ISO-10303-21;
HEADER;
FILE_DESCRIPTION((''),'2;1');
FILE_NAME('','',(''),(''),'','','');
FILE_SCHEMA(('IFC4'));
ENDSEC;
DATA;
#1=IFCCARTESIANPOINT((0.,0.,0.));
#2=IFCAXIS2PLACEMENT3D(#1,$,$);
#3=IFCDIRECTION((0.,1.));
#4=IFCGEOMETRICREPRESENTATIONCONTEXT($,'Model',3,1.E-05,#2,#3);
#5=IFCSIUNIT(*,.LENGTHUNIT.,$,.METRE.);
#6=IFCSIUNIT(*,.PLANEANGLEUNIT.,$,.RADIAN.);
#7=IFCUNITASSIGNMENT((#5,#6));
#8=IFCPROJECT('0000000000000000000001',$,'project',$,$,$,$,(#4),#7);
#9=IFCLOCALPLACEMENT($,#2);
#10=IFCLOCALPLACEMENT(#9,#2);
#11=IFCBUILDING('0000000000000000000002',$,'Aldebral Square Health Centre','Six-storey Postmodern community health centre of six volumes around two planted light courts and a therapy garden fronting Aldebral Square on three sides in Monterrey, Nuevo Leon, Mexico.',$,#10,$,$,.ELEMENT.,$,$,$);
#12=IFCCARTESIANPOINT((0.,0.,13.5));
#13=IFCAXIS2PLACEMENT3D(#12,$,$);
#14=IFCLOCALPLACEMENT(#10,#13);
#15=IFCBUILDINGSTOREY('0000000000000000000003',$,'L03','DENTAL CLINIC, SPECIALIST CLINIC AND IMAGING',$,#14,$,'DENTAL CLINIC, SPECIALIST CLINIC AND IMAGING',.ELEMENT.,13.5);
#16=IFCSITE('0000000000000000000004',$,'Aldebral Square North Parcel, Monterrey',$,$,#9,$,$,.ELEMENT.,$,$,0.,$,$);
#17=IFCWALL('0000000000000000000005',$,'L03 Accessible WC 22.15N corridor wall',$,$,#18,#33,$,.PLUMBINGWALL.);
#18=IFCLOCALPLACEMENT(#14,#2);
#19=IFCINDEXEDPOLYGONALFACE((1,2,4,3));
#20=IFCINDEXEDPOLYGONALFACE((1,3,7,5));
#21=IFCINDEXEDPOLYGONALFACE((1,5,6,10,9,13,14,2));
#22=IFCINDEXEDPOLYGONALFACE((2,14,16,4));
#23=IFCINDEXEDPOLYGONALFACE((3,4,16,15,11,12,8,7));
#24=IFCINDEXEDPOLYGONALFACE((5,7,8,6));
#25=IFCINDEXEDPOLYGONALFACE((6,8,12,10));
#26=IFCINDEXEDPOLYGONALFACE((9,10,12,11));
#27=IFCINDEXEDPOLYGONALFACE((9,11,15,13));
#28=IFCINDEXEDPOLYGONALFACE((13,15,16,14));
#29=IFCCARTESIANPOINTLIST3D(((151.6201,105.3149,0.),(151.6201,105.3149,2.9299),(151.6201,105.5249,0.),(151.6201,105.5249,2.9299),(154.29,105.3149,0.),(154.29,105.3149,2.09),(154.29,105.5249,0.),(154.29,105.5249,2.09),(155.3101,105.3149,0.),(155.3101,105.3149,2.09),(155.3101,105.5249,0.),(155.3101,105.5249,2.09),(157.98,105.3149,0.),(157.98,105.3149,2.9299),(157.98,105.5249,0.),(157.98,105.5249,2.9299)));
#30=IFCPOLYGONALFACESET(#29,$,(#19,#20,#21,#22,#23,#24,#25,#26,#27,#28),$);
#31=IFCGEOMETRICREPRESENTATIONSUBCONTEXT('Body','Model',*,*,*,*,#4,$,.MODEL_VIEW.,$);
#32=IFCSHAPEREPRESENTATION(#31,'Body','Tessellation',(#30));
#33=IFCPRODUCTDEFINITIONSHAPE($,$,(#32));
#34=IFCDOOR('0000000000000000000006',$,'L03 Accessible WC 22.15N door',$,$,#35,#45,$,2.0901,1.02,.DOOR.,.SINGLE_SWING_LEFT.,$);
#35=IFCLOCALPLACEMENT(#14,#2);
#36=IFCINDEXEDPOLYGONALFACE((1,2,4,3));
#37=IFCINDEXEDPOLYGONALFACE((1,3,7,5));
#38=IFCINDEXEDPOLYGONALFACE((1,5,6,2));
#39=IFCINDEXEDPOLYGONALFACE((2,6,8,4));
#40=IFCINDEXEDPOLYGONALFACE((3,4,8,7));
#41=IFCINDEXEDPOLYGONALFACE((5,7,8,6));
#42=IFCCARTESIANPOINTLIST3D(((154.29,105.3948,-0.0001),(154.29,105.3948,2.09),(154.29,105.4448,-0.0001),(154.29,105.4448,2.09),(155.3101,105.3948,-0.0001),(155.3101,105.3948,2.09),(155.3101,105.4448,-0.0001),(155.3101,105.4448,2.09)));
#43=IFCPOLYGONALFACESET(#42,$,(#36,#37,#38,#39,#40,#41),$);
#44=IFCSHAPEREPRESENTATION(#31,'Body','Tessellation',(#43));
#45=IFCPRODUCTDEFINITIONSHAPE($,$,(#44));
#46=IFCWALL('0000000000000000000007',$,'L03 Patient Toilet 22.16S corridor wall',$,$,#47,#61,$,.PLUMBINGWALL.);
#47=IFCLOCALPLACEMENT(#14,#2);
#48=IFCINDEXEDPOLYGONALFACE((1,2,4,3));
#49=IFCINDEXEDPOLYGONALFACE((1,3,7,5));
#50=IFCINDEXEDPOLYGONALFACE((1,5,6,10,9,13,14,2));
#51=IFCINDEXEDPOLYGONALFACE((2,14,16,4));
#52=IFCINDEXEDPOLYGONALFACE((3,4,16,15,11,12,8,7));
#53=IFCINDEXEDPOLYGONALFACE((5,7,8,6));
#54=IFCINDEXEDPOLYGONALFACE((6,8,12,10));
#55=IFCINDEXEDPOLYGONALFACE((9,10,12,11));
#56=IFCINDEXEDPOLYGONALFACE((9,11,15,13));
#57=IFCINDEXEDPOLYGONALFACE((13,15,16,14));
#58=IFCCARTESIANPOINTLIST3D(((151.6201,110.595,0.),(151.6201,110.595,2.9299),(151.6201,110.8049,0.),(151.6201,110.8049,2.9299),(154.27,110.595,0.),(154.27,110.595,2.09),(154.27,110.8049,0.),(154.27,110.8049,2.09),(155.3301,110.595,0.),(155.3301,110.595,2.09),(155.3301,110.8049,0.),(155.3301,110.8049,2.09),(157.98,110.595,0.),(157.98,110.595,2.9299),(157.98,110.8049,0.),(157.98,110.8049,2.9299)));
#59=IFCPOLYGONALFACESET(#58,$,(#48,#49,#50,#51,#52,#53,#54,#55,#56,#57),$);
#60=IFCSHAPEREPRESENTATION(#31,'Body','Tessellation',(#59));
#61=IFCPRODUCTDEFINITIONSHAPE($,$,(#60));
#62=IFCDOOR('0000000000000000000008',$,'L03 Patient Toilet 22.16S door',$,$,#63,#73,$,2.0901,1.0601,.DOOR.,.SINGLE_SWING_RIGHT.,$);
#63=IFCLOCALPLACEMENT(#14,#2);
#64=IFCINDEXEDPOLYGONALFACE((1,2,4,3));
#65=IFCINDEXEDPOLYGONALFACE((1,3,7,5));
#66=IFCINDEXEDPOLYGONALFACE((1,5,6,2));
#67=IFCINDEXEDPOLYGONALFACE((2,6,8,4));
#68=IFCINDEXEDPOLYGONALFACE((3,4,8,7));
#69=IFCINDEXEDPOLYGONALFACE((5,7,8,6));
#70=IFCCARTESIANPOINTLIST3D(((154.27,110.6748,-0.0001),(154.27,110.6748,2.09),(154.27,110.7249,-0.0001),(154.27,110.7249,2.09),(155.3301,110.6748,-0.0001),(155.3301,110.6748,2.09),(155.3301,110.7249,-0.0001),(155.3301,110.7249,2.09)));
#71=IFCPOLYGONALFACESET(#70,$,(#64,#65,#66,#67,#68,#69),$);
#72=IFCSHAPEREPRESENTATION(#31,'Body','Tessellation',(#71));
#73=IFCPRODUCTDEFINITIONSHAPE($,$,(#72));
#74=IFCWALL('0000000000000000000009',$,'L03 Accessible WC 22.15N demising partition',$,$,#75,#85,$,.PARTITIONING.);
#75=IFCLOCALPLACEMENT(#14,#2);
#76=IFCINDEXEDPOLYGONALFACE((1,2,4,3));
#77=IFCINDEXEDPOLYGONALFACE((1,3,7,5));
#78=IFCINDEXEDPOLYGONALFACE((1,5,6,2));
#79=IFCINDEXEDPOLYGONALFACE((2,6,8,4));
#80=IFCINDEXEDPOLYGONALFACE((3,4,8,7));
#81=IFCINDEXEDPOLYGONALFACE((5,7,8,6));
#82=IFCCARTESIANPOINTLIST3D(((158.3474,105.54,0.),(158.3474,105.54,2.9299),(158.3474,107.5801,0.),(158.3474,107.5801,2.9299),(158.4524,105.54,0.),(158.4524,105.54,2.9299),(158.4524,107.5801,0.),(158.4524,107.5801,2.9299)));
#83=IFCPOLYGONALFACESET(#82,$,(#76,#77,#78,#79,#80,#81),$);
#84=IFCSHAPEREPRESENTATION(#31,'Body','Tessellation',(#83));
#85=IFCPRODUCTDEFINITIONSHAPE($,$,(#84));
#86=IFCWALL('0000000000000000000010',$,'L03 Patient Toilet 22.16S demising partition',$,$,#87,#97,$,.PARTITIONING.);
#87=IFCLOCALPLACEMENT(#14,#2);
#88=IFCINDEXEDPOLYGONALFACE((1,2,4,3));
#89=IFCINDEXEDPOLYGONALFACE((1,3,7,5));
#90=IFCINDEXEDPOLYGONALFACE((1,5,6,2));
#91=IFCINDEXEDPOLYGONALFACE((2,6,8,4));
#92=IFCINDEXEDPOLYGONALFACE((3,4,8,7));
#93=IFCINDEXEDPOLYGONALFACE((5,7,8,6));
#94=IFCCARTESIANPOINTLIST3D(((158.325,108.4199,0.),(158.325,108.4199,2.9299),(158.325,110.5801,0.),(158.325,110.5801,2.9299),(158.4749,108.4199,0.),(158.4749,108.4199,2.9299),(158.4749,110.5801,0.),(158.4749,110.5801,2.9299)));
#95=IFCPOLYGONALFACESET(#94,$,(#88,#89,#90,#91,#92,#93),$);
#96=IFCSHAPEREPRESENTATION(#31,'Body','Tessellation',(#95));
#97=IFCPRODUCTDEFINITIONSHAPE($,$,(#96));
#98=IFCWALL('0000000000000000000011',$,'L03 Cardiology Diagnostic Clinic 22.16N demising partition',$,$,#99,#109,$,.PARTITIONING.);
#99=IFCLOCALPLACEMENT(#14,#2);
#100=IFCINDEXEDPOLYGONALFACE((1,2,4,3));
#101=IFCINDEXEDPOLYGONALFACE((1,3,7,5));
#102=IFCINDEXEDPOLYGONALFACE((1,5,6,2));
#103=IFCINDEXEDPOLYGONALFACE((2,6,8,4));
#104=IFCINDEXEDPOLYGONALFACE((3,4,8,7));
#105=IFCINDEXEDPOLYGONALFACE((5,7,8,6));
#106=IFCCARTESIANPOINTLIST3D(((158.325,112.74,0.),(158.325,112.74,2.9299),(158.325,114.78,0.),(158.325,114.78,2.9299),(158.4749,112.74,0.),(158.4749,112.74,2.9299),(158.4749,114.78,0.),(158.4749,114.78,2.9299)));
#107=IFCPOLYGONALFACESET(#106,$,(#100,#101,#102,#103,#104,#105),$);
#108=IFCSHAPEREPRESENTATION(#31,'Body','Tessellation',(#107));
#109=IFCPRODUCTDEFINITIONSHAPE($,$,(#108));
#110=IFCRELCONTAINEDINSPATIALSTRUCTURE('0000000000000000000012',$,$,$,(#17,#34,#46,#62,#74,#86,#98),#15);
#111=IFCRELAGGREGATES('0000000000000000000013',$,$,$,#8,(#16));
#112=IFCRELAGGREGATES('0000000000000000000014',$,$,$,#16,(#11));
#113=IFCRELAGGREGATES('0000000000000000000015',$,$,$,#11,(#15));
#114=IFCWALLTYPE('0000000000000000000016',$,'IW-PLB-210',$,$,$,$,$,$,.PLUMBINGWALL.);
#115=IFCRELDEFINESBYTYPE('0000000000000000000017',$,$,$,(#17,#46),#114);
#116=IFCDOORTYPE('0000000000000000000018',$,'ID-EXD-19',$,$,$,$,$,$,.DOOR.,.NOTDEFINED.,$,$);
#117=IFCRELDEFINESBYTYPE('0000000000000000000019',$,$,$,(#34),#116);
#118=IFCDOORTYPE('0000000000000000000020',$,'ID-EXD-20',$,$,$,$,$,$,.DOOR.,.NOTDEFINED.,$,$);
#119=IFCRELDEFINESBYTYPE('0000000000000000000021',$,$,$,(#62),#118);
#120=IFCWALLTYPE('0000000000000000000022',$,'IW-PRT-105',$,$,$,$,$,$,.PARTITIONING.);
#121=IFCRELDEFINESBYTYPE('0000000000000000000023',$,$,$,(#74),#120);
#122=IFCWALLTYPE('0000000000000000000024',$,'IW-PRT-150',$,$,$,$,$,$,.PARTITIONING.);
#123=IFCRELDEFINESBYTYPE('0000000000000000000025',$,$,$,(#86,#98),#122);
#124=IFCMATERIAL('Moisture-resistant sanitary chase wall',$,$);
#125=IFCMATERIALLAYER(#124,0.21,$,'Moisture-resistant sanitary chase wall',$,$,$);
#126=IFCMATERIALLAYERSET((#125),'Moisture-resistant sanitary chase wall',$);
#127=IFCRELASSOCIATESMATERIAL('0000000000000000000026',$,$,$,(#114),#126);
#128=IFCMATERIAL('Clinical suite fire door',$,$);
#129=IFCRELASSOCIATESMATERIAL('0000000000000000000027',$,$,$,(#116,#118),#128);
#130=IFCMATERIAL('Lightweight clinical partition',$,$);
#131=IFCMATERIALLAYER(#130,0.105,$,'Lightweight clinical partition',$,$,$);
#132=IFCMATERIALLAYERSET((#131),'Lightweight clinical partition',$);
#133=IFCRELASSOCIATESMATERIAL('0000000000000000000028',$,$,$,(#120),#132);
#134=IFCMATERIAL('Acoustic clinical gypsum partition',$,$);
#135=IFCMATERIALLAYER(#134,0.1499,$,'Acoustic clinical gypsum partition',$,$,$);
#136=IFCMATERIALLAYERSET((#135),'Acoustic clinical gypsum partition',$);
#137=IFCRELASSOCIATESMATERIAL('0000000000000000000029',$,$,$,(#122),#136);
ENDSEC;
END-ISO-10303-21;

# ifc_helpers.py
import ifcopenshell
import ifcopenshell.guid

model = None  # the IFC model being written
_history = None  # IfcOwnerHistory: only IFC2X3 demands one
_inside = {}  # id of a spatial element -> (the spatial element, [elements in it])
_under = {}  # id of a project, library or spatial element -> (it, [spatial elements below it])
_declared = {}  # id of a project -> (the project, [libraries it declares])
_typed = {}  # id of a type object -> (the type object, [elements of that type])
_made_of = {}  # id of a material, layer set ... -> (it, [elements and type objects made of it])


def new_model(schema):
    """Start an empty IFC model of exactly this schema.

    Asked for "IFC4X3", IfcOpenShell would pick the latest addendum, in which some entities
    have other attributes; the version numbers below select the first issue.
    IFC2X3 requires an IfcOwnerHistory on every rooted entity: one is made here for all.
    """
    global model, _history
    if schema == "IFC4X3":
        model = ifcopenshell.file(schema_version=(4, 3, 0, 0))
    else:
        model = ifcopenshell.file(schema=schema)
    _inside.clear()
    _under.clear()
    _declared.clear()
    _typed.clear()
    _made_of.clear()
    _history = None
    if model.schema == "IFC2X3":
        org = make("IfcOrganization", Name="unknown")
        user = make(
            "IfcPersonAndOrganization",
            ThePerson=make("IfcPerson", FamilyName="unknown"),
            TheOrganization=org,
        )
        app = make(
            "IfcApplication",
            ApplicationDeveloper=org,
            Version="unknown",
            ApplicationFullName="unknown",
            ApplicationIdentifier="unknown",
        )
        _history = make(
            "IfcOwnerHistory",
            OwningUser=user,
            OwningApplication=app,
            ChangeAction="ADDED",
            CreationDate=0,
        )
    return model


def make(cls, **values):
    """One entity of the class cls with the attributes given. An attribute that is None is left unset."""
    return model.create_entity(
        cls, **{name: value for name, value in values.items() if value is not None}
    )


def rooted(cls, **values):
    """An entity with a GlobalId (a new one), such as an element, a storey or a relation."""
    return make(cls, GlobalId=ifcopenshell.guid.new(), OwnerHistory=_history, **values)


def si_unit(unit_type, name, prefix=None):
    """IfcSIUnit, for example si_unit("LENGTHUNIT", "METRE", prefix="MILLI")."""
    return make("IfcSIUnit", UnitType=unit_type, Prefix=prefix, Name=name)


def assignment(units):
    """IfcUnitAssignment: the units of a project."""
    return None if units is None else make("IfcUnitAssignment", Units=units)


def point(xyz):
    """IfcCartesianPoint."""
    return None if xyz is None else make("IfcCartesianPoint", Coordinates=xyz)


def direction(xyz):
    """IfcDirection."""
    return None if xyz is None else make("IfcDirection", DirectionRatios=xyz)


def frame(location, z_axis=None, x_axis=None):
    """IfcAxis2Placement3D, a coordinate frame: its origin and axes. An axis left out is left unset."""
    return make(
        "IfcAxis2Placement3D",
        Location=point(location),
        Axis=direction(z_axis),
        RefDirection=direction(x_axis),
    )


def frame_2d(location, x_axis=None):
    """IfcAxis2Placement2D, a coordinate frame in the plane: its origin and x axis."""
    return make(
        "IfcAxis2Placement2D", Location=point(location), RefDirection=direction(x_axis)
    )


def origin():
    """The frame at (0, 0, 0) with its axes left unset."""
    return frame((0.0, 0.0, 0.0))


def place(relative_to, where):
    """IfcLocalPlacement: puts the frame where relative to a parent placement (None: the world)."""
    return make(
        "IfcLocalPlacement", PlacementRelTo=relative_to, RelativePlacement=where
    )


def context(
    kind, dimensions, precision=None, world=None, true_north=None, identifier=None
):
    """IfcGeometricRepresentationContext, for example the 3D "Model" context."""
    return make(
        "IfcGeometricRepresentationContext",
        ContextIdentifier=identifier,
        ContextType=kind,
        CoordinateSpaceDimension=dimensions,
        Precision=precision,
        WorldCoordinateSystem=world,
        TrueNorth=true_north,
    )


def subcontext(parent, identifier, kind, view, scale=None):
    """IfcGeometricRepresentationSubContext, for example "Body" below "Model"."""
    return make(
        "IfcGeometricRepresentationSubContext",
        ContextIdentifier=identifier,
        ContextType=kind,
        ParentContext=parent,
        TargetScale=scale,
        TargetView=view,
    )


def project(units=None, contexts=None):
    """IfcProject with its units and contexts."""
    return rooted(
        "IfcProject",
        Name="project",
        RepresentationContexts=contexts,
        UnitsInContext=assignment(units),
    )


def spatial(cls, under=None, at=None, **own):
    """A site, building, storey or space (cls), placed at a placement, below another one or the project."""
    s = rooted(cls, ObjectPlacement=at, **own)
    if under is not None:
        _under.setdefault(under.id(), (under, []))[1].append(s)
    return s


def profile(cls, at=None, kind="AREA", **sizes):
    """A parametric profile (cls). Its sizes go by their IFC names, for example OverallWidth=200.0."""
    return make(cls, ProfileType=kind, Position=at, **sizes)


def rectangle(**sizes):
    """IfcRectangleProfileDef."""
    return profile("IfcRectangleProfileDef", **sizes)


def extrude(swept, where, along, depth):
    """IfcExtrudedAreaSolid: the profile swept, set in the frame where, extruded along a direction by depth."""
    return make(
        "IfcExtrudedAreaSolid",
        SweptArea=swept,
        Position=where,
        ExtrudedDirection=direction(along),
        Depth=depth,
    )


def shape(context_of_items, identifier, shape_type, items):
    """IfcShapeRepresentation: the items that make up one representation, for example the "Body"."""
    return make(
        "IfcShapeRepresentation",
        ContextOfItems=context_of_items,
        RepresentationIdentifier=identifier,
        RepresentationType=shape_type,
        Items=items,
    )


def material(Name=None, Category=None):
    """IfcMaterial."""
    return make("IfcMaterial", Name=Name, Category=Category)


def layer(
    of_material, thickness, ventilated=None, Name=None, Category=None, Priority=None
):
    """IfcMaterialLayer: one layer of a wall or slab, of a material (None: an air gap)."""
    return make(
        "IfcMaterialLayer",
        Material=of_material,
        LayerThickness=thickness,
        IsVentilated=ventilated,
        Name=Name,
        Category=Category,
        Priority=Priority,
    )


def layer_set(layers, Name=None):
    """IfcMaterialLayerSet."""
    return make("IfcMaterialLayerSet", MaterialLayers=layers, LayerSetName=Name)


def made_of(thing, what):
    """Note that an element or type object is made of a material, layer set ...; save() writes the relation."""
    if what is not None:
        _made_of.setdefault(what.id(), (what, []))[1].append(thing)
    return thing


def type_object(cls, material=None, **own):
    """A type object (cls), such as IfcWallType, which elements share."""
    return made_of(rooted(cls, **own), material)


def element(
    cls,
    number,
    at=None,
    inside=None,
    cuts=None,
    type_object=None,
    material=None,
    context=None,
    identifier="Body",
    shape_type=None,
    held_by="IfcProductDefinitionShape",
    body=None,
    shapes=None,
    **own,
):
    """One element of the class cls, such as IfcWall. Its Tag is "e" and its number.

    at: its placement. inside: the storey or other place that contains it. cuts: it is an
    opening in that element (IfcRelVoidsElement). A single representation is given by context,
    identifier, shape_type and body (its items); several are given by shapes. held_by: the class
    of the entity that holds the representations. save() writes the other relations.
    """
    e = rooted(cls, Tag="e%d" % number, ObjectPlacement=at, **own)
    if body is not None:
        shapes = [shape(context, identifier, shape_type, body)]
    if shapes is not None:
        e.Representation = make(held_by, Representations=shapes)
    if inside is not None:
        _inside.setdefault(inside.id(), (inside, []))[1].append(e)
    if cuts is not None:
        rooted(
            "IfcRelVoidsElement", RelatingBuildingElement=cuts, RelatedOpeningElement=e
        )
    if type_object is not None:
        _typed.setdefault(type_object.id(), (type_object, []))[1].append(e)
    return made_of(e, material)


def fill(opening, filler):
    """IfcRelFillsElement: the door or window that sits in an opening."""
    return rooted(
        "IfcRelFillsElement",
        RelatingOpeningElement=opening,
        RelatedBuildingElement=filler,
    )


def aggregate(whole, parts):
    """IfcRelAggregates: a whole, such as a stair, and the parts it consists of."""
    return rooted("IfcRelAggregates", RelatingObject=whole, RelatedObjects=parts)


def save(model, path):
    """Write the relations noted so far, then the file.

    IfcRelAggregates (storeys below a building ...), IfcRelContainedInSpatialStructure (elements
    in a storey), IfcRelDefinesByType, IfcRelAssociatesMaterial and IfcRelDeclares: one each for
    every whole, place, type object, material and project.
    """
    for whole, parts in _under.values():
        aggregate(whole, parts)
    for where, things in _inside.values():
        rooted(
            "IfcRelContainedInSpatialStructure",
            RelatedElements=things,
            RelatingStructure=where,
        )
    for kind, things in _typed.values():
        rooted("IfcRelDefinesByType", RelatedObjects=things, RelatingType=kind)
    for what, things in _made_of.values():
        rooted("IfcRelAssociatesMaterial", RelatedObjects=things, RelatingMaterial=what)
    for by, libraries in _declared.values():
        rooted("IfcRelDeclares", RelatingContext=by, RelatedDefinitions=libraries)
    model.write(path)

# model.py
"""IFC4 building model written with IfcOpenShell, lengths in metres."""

from ifc_helpers import new_model, si_unit, direction, frame, frame_2d, origin, place, context, subcontext, project, spatial, rectangle, extrude, material, layer, layer_set, type_object, element, fill, save


model = new_model("IFC4")

# Units and contexts
model_context = context("Model", 3, precision=1e-05, world=origin(), true_north=direction((0.0, 1.0)))
body_context = subcontext(model_context, "Body", "Model", "MODEL_VIEW")
ifc_project = project(units=[si_unit("LENGTHUNIT", "METRE"), si_unit("PLANEANGLEUNIT", "RADIAN")], contexts=[model_context])

# Site, building, storey
site_placement = place(None, origin())
site = spatial("IfcSite", under=ifc_project, at=site_placement, Name="Aldebral Square North Parcel, Monterrey", CompositionType="ELEMENT", RefElevation=0.0)
building_placement = place(site_placement, origin())
building = spatial("IfcBuilding", under=site, at=building_placement, Name="Aldebral Square Health Centre", Description="Six-storey Postmodern community health centre of six volumes around two planted light courts and a therapy garden fronting Aldebral Square on three sides in Monterrey, Nuevo Leon, Mexico.", CompositionType="ELEMENT")
storey_placement = place(building_placement, frame((0.0, 0.0, 13.5)))
storey = spatial("IfcBuildingStorey", under=building, at=storey_placement, Name="L03", Description="DENTAL CLINIC, SPECIALIST CLINIC AND IMAGING", LongName="DENTAL CLINIC, SPECIALIST CLINIC AND IMAGING", CompositionType="ELEMENT", Elevation=13.5)

# Walls, openings, doors
ifc_material_1 = material(Name="Clinical suite fire door")
ifc_material_2 = material(Name="Moisture-resistant sanitary chase wall")
ifc_layer_1 = layer(ifc_material_2, 0.21, Name="Moisture-resistant sanitary chase wall")
ifc_layer_set_1 = layer_set([ifc_layer_1], Name="Moisture-resistant sanitary chase wall")
wall_type_1 = type_object("IfcWallType", Name="IW-PLB-210", PredefinedType="PLUMBINGWALL", material=ifc_layer_set_1)
wall_1_placement = place(storey_placement, frame((151.6201, 105.4199, 0.0), z_axis=(0.0, 0.0, 1.0), x_axis=(1.0, 0.0, 0.0)))
wall_1 = element("IfcWall", 1, at=wall_1_placement, inside=storey, type_object=wall_type_1, Name="L03 Accessible WC 22.15N corridor wall", PredefinedType="PLUMBINGWALL", context=body_context, shape_type="SweptSolid", body=[
    extrude(rectangle(XDim=6.3599, YDim=0.21, at=frame_2d((3.1799, 0.0))), origin(), (0.0, 0.0, 1.0), 2.9299),
])
opening_1_placement = place(wall_1_placement, frame((2.6699, 0.0, 0.0)))
opening_1 = element("IfcOpeningElement", 2, at=opening_1_placement, cuts=wall_1, PredefinedType="OPENING", context=body_context, shape_type="SweptSolid", body=[
    extrude(rectangle(XDim=1.02, YDim=2.0901, at=frame_2d((0.51, 1.0449))), frame((0.0, 0.115, 0.0), z_axis=(0.0, -1.0, 0.0), x_axis=(1.0, 0.0, 0.0)), (0.0, 0.0, 1.0), 0.23),
])
door_type_1 = type_object("IfcDoorType", Name="ID-EXD-19", OperationType="NOTDEFINED", PredefinedType="DOOR", material=ifc_material_1)
door_1_placement = place(opening_1_placement, origin())
door_1 = element("IfcDoor", 3, at=door_1_placement, inside=storey, type_object=door_type_1, Name="L03 Accessible WC 22.15N door", OperationType="SINGLE_SWING_LEFT", OverallHeight=2.0901, OverallWidth=1.02, PredefinedType="DOOR", context=body_context, shape_type="SweptSolid", body=[
    extrude(rectangle(XDim=1.02, YDim=2.0901, at=frame_2d((0.51, 1.0449))), frame((0.0, 0.0249, 0.0), z_axis=(0.0, -1.0, 0.0), x_axis=(1.0, 0.0, 0.0)), (0.0, 0.0, 1.0), 0.05),
])
fill(opening_1, door_1)
wall_2_placement = place(storey_placement, frame((151.6201, 110.7, 0.0), z_axis=(0.0, 0.0, 1.0), x_axis=(1.0, 0.0, 0.0)))
wall_2 = element("IfcWall", 4, at=wall_2_placement, inside=storey, type_object=wall_type_1, Name="L03 Patient Toilet 22.16S corridor wall", PredefinedType="PLUMBINGWALL", context=body_context, shape_type="SweptSolid", body=[
    extrude(rectangle(XDim=6.3599, YDim=0.21, at=frame_2d((3.1799, 0.0))), origin(), (0.0, 0.0, 1.0), 2.9299),
])
opening_2_placement = place(wall_2_placement, frame((2.6499, 0.0, 0.0)))
opening_2 = element("IfcOpeningElement", 5, at=opening_2_placement, cuts=wall_2, PredefinedType="OPENING", context=body_context, shape_type="SweptSolid", body=[
    extrude(rectangle(XDim=1.0601, YDim=2.0901, at=frame_2d((0.53, 1.0449))), frame((0.0, 0.115, 0.0), z_axis=(0.0, -1.0, 0.0), x_axis=(1.0, 0.0, 0.0)), (0.0, 0.0, 1.0), 0.23),
])
door_type_2 = type_object("IfcDoorType", Name="ID-EXD-20", OperationType="NOTDEFINED", PredefinedType="DOOR", material=ifc_material_1)
door_2_placement = place(opening_2_placement, origin())
door_2 = element("IfcDoor", 6, at=door_2_placement, inside=storey, type_object=door_type_2, Name="L03 Patient Toilet 22.16S door", OperationType="SINGLE_SWING_RIGHT", OverallHeight=2.0901, OverallWidth=1.0601, PredefinedType="DOOR", context=body_context, shape_type="SweptSolid", body=[
    extrude(rectangle(XDim=1.0601, YDim=2.0901, at=frame_2d((0.53, 1.0449))), frame((0.0, 0.0249, 0.0), z_axis=(0.0, -1.0, 0.0), x_axis=(1.0, 0.0, 0.0)), (0.0, 0.0, 1.0), 0.05),
])
fill(opening_2, door_2)

# Walls
ifc_material_3 = material(Name="Lightweight clinical partition")
ifc_layer_2 = layer(ifc_material_3, 0.105, Name="Lightweight clinical partition")
ifc_layer_set_2 = layer_set([ifc_layer_2], Name="Lightweight clinical partition")
wall_type_2 = type_object("IfcWallType", Name="IW-PRT-105", PredefinedType="PARTITIONING", material=ifc_layer_set_2)
wall_3_placement = place(storey_placement, frame((158.3999, 105.54, 0.0), z_axis=(0.0, 0.0, 1.0), x_axis=(0.0, 1.0, 0.0)))
element("IfcWall", 7, at=wall_3_placement, inside=storey, type_object=wall_type_2, Name="L03 Accessible WC 22.15N demising partition", PredefinedType="PARTITIONING", context=body_context, shape_type="SweptSolid", body=[
    extrude(rectangle(XDim=2.04, YDim=0.105, at=frame_2d((1.02, 0.0))), origin(), (0.0, 0.0, 1.0), 2.9299),
])
ifc_material_4 = material(Name="Acoustic clinical gypsum partition")
ifc_layer_3 = layer(ifc_material_4, 0.1499, Name="Acoustic clinical gypsum partition")
ifc_layer_set_3 = layer_set([ifc_layer_3], Name="Acoustic clinical gypsum partition")
wall_type_3 = type_object("IfcWallType", Name="IW-PRT-150", PredefinedType="PARTITIONING", material=ifc_layer_set_3)
wall_4_placement = place(storey_placement, frame((158.3999, 108.4199, 0.0), z_axis=(0.0, 0.0, 1.0), x_axis=(0.0, 1.0, 0.0)))
element("IfcWall", 8, at=wall_4_placement, inside=storey, type_object=wall_type_3, Name="L03 Patient Toilet 22.16S demising partition", PredefinedType="PARTITIONING", context=body_context, shape_type="SweptSolid", body=[
    extrude(rectangle(XDim=2.1602, YDim=0.1499, at=frame_2d((1.0801, 0.0))), origin(), (0.0, 0.0, 1.0), 2.9299),
])
wall_5_placement = place(storey_placement, frame((158.3999, 112.74, 0.0), z_axis=(0.0, 0.0, 1.0), x_axis=(0.0, 1.0, 0.0)))
element("IfcWall", 9, at=wall_5_placement, inside=storey, type_object=wall_type_3, Name="L03 Cardiology Diagnostic Clinic 22.16N demising partition", PredefinedType="PARTITIONING", context=body_context, shape_type="SweptSolid", body=[
    extrude(rectangle(XDim=2.04, YDim=0.1499, at=frame_2d((1.02, 0.0))), origin(), (0.0, 0.0, 1.0), 2.9299),
])

save(model, "model.ifc")
